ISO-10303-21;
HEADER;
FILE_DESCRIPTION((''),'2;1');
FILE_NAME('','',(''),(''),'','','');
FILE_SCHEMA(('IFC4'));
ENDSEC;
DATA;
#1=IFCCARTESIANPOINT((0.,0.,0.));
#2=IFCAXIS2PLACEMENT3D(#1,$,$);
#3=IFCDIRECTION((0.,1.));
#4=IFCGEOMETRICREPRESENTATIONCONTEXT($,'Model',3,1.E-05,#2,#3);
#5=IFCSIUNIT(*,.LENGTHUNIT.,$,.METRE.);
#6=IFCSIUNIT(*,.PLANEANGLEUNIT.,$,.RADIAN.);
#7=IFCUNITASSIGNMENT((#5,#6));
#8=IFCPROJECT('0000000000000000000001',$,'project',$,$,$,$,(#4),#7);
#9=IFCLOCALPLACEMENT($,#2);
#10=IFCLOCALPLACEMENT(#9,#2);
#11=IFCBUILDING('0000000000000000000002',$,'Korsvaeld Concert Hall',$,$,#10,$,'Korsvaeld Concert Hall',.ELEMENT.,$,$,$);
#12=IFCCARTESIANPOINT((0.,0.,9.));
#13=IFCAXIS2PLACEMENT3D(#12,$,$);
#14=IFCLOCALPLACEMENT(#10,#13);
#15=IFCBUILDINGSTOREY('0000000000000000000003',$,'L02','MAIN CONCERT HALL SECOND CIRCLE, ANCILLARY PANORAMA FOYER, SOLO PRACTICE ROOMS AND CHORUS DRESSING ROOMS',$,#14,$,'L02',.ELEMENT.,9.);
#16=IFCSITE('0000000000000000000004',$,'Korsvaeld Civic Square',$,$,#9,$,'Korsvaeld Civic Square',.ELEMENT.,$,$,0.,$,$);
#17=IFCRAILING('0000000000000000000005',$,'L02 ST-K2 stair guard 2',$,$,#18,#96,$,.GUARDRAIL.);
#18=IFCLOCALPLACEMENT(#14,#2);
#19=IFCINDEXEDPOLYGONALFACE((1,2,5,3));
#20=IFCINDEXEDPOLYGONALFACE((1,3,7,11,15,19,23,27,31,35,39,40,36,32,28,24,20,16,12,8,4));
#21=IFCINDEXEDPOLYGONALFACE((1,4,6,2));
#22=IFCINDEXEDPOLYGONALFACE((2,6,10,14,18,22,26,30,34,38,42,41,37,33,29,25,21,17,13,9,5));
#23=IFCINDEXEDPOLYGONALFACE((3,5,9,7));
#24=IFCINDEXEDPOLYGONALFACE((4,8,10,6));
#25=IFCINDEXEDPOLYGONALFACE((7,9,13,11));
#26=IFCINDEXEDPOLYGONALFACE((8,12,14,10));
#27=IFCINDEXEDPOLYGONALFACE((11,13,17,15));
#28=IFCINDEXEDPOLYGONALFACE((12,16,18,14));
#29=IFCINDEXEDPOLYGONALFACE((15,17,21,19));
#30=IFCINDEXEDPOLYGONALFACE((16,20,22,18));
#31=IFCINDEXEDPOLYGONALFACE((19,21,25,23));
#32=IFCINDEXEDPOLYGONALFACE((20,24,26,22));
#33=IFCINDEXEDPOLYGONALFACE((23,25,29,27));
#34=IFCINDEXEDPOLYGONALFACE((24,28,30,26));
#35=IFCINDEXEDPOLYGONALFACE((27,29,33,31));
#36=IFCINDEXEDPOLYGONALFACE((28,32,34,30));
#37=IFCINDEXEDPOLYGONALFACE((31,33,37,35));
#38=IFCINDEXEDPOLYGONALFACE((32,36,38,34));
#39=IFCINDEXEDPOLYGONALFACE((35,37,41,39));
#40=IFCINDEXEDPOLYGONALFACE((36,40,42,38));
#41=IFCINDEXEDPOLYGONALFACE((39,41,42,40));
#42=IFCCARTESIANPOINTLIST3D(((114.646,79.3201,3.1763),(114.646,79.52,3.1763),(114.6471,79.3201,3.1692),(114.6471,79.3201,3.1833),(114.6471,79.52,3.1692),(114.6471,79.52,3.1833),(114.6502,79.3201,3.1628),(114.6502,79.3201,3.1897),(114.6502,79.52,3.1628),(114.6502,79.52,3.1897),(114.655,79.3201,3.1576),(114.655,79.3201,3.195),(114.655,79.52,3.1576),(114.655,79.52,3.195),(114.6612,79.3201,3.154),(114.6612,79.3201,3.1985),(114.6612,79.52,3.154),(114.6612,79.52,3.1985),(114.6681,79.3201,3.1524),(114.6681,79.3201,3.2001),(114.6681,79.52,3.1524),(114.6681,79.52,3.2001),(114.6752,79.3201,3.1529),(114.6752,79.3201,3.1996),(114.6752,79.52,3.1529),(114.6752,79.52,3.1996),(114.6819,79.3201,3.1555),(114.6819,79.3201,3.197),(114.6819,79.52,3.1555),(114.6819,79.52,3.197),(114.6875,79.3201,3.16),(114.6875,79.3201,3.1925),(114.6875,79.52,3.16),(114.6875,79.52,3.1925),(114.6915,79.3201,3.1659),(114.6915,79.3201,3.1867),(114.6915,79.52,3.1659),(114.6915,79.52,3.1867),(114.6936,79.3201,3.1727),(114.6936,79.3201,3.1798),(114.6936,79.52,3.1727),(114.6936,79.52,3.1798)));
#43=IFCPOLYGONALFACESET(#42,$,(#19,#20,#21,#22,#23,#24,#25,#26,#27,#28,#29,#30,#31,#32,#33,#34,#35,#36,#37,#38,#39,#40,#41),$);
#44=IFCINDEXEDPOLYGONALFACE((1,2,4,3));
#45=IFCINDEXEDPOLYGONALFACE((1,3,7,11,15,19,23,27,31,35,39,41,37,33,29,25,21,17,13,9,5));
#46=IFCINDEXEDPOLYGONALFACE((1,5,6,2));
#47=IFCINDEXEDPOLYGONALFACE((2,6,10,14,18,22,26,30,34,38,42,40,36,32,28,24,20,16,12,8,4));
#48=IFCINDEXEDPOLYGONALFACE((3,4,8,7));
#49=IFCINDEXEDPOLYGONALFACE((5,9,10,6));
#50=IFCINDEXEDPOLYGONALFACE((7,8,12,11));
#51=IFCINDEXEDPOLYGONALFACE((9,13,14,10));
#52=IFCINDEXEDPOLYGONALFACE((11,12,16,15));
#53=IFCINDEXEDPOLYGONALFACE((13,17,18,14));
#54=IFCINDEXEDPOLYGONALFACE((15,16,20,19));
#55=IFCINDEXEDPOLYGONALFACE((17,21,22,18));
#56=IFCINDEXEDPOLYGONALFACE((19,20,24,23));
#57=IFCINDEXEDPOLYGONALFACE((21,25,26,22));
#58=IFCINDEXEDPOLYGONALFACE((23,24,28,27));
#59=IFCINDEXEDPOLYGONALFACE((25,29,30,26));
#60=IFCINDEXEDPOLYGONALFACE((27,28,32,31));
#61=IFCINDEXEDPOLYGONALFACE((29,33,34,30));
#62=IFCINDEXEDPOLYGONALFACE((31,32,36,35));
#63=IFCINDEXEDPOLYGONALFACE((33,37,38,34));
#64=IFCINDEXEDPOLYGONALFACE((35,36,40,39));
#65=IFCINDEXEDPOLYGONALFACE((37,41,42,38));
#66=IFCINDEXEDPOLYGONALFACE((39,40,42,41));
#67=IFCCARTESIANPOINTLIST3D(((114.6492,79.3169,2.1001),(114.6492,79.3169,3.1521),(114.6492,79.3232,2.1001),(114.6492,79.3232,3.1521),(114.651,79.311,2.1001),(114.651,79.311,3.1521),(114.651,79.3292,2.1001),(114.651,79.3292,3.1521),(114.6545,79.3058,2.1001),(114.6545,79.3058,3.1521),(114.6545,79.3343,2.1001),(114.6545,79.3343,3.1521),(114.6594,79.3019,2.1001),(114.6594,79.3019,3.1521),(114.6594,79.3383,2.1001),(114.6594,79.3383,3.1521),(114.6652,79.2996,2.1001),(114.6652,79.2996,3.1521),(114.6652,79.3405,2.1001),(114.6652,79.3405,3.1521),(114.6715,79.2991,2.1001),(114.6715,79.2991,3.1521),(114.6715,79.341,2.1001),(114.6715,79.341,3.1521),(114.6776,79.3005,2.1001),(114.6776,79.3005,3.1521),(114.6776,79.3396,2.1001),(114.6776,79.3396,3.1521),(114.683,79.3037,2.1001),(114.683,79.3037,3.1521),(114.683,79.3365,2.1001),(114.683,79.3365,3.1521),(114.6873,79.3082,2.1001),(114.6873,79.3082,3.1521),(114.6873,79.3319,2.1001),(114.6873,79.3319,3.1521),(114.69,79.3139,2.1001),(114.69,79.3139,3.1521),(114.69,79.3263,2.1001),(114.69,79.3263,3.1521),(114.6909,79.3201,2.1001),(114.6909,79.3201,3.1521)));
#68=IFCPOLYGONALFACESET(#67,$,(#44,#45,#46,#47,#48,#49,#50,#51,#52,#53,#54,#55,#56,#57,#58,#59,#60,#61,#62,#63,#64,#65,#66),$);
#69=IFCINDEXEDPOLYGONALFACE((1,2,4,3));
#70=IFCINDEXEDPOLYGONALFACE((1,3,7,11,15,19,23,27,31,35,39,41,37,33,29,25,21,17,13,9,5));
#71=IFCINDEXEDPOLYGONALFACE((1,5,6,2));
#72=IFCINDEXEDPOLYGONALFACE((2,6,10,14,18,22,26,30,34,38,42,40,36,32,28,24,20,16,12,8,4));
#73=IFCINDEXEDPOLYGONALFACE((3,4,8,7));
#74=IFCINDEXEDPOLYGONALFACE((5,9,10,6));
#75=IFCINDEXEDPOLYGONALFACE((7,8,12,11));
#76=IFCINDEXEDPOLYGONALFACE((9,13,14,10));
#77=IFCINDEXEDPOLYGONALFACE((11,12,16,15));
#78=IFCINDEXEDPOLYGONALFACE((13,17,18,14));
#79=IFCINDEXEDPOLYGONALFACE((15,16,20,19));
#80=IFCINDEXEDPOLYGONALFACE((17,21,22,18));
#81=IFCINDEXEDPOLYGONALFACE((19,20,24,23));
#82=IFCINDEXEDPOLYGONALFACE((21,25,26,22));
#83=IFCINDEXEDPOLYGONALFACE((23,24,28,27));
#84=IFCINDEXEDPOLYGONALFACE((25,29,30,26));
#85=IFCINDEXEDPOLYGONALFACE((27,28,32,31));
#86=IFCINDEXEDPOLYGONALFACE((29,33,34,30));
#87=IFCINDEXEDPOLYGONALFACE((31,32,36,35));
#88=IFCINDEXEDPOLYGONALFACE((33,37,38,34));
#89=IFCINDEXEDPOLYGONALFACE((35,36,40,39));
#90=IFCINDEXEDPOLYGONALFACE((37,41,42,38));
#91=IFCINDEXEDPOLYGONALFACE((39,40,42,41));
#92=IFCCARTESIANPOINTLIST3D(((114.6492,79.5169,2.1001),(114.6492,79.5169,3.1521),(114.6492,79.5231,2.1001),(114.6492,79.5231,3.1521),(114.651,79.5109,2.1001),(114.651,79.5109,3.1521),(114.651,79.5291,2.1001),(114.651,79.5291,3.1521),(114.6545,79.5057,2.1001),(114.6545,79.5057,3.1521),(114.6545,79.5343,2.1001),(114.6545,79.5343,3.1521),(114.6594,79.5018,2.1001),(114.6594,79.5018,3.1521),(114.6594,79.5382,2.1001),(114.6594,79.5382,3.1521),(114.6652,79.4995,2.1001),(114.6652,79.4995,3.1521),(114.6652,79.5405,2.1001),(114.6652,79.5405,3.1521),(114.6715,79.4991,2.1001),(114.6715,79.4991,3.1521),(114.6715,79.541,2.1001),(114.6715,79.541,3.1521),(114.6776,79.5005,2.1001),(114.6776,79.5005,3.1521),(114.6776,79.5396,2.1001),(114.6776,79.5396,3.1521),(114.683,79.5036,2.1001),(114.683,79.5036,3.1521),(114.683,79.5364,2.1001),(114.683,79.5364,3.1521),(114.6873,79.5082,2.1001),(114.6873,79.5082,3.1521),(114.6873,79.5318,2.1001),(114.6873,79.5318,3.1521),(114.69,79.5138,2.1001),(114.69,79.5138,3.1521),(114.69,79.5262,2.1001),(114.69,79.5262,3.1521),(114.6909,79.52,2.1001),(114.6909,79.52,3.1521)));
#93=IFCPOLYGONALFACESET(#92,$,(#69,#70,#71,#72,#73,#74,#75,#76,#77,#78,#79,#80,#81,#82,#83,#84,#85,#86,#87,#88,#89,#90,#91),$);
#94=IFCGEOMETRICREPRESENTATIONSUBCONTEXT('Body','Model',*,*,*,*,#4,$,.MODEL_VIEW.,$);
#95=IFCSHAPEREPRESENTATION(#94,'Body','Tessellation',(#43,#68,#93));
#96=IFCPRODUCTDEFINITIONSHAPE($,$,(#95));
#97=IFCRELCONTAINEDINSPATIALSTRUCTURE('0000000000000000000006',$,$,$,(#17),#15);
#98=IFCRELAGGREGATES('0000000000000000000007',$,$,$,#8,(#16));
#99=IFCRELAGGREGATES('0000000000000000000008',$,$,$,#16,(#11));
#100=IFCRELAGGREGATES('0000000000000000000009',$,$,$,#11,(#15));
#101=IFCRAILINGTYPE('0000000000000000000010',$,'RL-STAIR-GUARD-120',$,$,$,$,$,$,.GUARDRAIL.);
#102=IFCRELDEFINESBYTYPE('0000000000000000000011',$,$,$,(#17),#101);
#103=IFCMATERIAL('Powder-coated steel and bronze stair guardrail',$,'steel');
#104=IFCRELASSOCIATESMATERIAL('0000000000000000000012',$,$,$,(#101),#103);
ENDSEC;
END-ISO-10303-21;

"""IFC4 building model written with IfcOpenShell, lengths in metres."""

from ifc_helpers import new_model, si_unit, direction, frame, origin, origin_2d, place, context, subcontext, project, spatial, circle, extrude, material, type_object, element, save


model = new_model("IFC4")

# Units and contexts
model_context = context("Model", 3, precision=1e-05, world=origin(), true_north=direction((0.0, 1.0)))
body_context = subcontext(model_context, "Body", "Model", "MODEL_VIEW")
ifc_project = project(units=[si_unit("LENGTHUNIT", "METRE"), si_unit("PLANEANGLEUNIT", "RADIAN")], contexts=[model_context])

# Site, building, storey
site_placement = place(None, origin())
site = spatial("IfcSite", under=ifc_project, at=site_placement, Name="Korsvaeld Civic Square", LongName="Korsvaeld Civic Square", CompositionType="ELEMENT", RefElevation=0.0)
building_placement = place(site_placement, origin())
building = spatial("IfcBuilding", under=site, at=building_placement, Name="Korsvaeld Concert Hall", LongName="Korsvaeld Concert Hall", CompositionType="ELEMENT")
storey_placement = place(building_placement, frame((0.0, 0.0, 9.0)))
storey = spatial("IfcBuildingStorey", under=building, at=storey_placement, Name="L02", Description="MAIN CONCERT HALL SECOND CIRCLE, ANCILLARY PANORAMA FOYER, SOLO PRACTICE ROOMS AND CHORUS DRESSING ROOMS", LongName="L02", CompositionType="ELEMENT", Elevation=9.0)

# Railing
ifc_material_1 = material(Name="Powder-coated steel and bronze stair guardrail", Category="steel")
railing_type_1 = type_object("IfcRailingType", Name="RL-STAIR-GUARD-120", PredefinedType="GUARDRAIL", material=ifc_material_1)
railing_1_placement = place(storey_placement, frame((114.6699, 79.3201, 2.1001)))
element("IfcRailing", 1, at=railing_1_placement, inside=storey, type_object=railing_type_1, Name="L02 ST-K2 stair guard 2", PredefinedType="GUARDRAIL", context=body_context, shape_type="SweptSolid", body=[
    extrude(circle(Radius=0.0239, at=origin_2d()), frame((0.0, 0.0, 1.0762), z_axis=(0.0, 1.0, 0.0), x_axis=(-1.0, 0.0, 0.0)), (0.0, 0.0, 1.0), 0.2),
    extrude(circle(Radius=0.021, at=origin_2d()), origin(), (0.0, 0.0, 1.0), 1.052),
    extrude(circle(Radius=0.021, at=origin_2d()), frame((0.0, 0.2, 0.0)), (0.0, 0.0, 1.0), 1.052),
])

save(model, "model.ifc")
